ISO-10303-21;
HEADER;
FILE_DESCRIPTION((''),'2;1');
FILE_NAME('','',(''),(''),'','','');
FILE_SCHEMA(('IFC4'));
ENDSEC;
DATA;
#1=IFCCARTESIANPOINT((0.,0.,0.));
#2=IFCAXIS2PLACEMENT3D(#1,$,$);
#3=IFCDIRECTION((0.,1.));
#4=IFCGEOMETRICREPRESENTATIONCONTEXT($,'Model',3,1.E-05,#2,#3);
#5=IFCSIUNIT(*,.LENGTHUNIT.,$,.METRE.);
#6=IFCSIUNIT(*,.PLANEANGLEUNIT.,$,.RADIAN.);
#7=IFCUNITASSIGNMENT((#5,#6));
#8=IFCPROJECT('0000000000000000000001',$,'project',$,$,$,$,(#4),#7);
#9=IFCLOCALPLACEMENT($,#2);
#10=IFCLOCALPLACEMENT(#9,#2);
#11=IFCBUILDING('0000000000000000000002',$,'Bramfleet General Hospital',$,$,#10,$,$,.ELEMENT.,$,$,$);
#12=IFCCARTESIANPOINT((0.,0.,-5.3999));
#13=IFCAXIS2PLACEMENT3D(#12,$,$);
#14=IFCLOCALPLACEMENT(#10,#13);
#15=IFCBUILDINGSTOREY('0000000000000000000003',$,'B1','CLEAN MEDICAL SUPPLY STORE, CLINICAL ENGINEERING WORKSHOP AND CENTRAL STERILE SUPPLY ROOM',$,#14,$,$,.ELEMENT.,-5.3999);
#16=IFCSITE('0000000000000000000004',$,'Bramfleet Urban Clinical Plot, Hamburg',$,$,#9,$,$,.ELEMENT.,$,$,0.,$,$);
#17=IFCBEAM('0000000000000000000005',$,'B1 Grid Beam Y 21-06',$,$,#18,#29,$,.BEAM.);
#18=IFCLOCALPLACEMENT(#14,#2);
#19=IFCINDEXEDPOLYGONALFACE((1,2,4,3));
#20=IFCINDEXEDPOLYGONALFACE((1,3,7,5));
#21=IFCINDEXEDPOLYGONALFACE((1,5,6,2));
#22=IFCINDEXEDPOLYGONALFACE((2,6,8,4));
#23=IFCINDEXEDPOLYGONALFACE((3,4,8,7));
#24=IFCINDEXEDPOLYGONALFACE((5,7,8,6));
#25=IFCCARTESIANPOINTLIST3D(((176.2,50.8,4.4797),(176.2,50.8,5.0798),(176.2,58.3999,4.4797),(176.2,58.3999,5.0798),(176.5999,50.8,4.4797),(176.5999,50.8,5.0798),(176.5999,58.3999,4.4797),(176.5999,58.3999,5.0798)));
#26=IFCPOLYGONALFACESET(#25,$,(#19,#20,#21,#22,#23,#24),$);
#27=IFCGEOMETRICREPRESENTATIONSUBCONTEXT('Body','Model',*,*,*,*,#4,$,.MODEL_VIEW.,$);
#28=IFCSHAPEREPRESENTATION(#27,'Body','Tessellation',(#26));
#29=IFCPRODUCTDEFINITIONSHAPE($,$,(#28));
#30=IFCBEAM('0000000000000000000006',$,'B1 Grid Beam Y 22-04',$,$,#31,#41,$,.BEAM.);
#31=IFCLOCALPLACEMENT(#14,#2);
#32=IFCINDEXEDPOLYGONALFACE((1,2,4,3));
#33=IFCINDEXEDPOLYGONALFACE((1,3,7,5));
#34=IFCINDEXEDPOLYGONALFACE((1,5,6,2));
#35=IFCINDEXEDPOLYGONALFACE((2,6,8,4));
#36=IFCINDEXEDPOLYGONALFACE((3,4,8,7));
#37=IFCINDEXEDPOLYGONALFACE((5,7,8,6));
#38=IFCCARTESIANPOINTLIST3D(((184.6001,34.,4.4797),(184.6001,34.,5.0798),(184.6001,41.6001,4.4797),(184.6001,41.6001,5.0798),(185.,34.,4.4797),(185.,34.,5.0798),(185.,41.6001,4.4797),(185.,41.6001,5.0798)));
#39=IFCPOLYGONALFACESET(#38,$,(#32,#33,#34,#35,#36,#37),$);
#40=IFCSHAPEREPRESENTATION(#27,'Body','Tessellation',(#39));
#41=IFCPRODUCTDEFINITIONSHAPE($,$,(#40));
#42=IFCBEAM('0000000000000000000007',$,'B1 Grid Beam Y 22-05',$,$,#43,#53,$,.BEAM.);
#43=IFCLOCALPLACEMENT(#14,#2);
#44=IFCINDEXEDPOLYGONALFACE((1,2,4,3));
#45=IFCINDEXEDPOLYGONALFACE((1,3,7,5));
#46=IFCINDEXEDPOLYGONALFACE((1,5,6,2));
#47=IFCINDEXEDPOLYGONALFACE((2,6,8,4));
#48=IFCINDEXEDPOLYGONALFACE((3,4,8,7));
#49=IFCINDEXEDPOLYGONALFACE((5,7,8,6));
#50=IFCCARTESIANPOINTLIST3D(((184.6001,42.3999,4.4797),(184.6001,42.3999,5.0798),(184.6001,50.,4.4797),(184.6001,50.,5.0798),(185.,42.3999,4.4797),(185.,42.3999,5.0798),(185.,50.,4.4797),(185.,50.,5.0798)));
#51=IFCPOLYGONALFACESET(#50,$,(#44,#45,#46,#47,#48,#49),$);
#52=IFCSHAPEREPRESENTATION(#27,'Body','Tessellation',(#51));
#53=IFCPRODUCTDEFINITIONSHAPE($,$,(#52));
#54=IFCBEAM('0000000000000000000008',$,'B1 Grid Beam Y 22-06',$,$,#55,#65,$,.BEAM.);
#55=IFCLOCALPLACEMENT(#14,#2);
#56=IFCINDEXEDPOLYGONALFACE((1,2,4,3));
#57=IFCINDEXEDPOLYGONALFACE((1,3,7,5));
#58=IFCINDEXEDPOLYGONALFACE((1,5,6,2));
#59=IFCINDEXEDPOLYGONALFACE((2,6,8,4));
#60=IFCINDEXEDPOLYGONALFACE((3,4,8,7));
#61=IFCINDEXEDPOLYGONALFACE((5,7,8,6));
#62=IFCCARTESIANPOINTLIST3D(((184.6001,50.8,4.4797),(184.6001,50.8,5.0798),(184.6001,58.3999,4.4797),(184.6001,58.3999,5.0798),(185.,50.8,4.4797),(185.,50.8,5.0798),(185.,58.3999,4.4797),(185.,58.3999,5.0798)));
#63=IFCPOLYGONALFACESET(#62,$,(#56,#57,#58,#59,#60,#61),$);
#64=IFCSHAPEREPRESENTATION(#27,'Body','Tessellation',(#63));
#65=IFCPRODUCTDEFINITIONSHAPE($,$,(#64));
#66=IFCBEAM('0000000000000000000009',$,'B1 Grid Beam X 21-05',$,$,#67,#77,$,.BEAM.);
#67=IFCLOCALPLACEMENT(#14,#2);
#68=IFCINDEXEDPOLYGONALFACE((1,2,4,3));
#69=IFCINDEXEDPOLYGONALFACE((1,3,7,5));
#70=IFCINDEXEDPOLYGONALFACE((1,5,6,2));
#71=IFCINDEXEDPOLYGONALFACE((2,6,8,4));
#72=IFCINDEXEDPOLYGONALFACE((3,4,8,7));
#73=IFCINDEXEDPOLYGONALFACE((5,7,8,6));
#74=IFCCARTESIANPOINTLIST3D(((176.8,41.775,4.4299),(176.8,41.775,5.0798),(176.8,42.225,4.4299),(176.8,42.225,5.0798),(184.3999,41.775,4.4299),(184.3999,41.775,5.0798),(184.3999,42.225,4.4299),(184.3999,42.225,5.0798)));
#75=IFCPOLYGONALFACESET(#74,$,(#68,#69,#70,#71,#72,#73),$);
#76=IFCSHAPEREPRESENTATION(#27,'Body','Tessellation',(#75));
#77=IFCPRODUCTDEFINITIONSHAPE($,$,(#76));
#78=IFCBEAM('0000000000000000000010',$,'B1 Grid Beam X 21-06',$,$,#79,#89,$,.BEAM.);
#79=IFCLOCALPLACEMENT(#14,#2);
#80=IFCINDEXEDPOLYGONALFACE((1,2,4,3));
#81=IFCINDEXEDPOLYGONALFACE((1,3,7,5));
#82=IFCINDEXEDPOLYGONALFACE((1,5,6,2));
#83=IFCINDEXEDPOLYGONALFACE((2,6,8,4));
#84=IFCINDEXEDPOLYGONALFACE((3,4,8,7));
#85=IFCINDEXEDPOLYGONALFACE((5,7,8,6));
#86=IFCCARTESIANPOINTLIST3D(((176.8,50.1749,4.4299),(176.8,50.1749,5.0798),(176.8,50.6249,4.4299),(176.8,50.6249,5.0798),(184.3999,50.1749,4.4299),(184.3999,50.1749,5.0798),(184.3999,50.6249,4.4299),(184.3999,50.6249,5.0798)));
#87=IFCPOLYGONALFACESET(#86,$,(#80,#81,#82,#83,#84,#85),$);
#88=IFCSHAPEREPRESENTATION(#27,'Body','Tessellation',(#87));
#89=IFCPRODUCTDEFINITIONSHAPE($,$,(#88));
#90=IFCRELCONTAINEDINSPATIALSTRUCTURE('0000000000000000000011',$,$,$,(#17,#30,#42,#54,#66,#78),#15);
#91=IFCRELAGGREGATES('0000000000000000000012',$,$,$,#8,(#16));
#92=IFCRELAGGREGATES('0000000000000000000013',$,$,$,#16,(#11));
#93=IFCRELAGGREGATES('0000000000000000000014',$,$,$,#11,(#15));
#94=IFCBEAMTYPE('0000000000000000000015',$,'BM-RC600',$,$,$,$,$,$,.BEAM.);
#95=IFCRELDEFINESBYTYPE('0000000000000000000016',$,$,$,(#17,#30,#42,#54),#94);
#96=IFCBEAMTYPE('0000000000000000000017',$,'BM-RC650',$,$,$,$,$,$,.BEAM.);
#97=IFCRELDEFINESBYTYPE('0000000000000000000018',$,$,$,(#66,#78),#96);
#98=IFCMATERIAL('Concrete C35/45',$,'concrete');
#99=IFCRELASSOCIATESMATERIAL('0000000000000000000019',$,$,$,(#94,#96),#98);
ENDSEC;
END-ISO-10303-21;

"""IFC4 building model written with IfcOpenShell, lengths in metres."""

from ifc_helpers import new_model, si_unit, direction, frame, origin, origin_2d, place, context, subcontext, project, spatial, rectangle, extrude, material, material_profile, profile_set, type_object, element, save


model = new_model("IFC4")

# Units and contexts
model_context = context("Model", 3, precision=1e-05, world=origin(), true_north=direction((0.0, 1.0)))
body_context = subcontext(model_context, "Body", "Model", "MODEL_VIEW")
ifc_project = project(units=[si_unit("LENGTHUNIT", "METRE"), si_unit("PLANEANGLEUNIT", "RADIAN")], contexts=[model_context])

# Site, building, storey
site_placement = place(None, origin())
site = spatial("IfcSite", under=ifc_project, at=site_placement, Name="Bramfleet Urban Clinical Plot, Hamburg", CompositionType="ELEMENT", RefElevation=0.0)
building_placement = place(site_placement, origin())
building = spatial("IfcBuilding", under=site, at=building_placement, Name="Bramfleet General Hospital", CompositionType="ELEMENT")
storey_placement = place(building_placement, frame((0.0, 0.0, -5.3999)))
storey = spatial("IfcBuildingStorey", under=building, at=storey_placement, Name="B1", Description="CLEAN MEDICAL SUPPLY STORE, CLINICAL ENGINEERING WORKSHOP AND CENTRAL STERILE SUPPLY ROOM", CompositionType="ELEMENT", Elevation=-5.3999)

# Shared definitions
ifc_material_1 = material(Name="Concrete C35/45", Category="concrete")

# Beams
ifc_material_profile_1 = material_profile(ifc_material_1, rectangle(XDim=0.3999, YDim=0.6001, at=origin_2d()), Name="RC BM 600x400")
ifc_profile_set_1 = profile_set([ifc_material_profile_1], Name="Concrete C35/45")
beam_type_1 = type_object("IfcBeamType", Name="BM-RC600", PredefinedType="BEAM", material=ifc_profile_set_1)
beam_1_placement = place(storey_placement, frame((176.3999, 50.8, 4.7798), z_axis=(0.0, 1.0, 0.0), x_axis=(-1.0, 0.0, 0.0)))
element("IfcBeam", 1, at=beam_1_placement, inside=storey, type_object=beam_type_1, Name="B1 Grid Beam Y 21-06", PredefinedType="BEAM", context=body_context, shape_type="SweptSolid", body=[
    extrude(rectangle(XDim=0.3999, YDim=0.6001, at=origin_2d()), origin(), (0.0, 0.0, 1.0), 7.5999),
])
for number, where, z_axis, x_axis, name in (
    (2, (184.8, 34.0, 4.7798), (0.0, 1.0, 0.0), (-1.0, 0.0, 0.0), "B1 Grid Beam Y 22-04"),
    (3, (184.8, 42.3999, 4.7798), (0.0, 1.0, 0.0), (-1.0, 0.0, 0.0), "B1 Grid Beam Y 22-05"),
):
    element("IfcBeam", number, at=place(storey_placement, frame(where, z_axis=z_axis, x_axis=x_axis)), inside=storey, type_object=beam_type_1, Name=name, PredefinedType="BEAM", context=body_context, shape_type="SweptSolid", body=[
        extrude(rectangle(XDim=0.3999, YDim=0.6001, at=origin_2d()), origin(), (0.0, 0.0, 1.0), 7.6001),
    ])
beam_2_placement = place(storey_placement, frame((184.8, 50.8, 4.7798), z_axis=(0.0, 1.0, 0.0), x_axis=(-1.0, 0.0, 0.0)))
element("IfcBeam", 4, at=beam_2_placement, inside=storey, type_object=beam_type_1, Name="B1 Grid Beam Y 22-06", PredefinedType="BEAM", context=body_context, shape_type="SweptSolid", body=[
    extrude(rectangle(XDim=0.3999, YDim=0.6001, at=origin_2d()), origin(), (0.0, 0.0, 1.0), 7.5999),
])
ifc_material_profile_2 = material_profile(ifc_material_1, rectangle(XDim=0.45, YDim=0.6499, at=origin_2d()), Name="RC BM 650x450")
ifc_profile_set_2 = profile_set([ifc_material_profile_2], Name="Concrete C35/45")
beam_type_2 = type_object("IfcBeamType", Name="BM-RC650", PredefinedType="BEAM", material=ifc_profile_set_2)
for number, where, z_axis, x_axis, name in (
    (5, (176.8, 42.0, 4.7549), (1.0, 0.0, 0.0), (0.0, 1.0, 0.0), "B1 Grid Beam X 21-05"),
    (6, (176.8, 50.3999, 4.7549), (1.0, 0.0, 0.0), (0.0, 1.0, 0.0), "B1 Grid Beam X 21-06"),
):
    element("IfcBeam", number, at=place(storey_placement, frame(where, z_axis=z_axis, x_axis=x_axis)), inside=storey, type_object=beam_type_2, Name=name, PredefinedType="BEAM", context=body_context, shape_type="SweptSolid", body=[
        extrude(rectangle(XDim=0.45, YDim=0.6499, at=origin_2d()), origin(), (0.0, 0.0, 1.0), 7.5999),
    ])

save(model, "model.ifc")
